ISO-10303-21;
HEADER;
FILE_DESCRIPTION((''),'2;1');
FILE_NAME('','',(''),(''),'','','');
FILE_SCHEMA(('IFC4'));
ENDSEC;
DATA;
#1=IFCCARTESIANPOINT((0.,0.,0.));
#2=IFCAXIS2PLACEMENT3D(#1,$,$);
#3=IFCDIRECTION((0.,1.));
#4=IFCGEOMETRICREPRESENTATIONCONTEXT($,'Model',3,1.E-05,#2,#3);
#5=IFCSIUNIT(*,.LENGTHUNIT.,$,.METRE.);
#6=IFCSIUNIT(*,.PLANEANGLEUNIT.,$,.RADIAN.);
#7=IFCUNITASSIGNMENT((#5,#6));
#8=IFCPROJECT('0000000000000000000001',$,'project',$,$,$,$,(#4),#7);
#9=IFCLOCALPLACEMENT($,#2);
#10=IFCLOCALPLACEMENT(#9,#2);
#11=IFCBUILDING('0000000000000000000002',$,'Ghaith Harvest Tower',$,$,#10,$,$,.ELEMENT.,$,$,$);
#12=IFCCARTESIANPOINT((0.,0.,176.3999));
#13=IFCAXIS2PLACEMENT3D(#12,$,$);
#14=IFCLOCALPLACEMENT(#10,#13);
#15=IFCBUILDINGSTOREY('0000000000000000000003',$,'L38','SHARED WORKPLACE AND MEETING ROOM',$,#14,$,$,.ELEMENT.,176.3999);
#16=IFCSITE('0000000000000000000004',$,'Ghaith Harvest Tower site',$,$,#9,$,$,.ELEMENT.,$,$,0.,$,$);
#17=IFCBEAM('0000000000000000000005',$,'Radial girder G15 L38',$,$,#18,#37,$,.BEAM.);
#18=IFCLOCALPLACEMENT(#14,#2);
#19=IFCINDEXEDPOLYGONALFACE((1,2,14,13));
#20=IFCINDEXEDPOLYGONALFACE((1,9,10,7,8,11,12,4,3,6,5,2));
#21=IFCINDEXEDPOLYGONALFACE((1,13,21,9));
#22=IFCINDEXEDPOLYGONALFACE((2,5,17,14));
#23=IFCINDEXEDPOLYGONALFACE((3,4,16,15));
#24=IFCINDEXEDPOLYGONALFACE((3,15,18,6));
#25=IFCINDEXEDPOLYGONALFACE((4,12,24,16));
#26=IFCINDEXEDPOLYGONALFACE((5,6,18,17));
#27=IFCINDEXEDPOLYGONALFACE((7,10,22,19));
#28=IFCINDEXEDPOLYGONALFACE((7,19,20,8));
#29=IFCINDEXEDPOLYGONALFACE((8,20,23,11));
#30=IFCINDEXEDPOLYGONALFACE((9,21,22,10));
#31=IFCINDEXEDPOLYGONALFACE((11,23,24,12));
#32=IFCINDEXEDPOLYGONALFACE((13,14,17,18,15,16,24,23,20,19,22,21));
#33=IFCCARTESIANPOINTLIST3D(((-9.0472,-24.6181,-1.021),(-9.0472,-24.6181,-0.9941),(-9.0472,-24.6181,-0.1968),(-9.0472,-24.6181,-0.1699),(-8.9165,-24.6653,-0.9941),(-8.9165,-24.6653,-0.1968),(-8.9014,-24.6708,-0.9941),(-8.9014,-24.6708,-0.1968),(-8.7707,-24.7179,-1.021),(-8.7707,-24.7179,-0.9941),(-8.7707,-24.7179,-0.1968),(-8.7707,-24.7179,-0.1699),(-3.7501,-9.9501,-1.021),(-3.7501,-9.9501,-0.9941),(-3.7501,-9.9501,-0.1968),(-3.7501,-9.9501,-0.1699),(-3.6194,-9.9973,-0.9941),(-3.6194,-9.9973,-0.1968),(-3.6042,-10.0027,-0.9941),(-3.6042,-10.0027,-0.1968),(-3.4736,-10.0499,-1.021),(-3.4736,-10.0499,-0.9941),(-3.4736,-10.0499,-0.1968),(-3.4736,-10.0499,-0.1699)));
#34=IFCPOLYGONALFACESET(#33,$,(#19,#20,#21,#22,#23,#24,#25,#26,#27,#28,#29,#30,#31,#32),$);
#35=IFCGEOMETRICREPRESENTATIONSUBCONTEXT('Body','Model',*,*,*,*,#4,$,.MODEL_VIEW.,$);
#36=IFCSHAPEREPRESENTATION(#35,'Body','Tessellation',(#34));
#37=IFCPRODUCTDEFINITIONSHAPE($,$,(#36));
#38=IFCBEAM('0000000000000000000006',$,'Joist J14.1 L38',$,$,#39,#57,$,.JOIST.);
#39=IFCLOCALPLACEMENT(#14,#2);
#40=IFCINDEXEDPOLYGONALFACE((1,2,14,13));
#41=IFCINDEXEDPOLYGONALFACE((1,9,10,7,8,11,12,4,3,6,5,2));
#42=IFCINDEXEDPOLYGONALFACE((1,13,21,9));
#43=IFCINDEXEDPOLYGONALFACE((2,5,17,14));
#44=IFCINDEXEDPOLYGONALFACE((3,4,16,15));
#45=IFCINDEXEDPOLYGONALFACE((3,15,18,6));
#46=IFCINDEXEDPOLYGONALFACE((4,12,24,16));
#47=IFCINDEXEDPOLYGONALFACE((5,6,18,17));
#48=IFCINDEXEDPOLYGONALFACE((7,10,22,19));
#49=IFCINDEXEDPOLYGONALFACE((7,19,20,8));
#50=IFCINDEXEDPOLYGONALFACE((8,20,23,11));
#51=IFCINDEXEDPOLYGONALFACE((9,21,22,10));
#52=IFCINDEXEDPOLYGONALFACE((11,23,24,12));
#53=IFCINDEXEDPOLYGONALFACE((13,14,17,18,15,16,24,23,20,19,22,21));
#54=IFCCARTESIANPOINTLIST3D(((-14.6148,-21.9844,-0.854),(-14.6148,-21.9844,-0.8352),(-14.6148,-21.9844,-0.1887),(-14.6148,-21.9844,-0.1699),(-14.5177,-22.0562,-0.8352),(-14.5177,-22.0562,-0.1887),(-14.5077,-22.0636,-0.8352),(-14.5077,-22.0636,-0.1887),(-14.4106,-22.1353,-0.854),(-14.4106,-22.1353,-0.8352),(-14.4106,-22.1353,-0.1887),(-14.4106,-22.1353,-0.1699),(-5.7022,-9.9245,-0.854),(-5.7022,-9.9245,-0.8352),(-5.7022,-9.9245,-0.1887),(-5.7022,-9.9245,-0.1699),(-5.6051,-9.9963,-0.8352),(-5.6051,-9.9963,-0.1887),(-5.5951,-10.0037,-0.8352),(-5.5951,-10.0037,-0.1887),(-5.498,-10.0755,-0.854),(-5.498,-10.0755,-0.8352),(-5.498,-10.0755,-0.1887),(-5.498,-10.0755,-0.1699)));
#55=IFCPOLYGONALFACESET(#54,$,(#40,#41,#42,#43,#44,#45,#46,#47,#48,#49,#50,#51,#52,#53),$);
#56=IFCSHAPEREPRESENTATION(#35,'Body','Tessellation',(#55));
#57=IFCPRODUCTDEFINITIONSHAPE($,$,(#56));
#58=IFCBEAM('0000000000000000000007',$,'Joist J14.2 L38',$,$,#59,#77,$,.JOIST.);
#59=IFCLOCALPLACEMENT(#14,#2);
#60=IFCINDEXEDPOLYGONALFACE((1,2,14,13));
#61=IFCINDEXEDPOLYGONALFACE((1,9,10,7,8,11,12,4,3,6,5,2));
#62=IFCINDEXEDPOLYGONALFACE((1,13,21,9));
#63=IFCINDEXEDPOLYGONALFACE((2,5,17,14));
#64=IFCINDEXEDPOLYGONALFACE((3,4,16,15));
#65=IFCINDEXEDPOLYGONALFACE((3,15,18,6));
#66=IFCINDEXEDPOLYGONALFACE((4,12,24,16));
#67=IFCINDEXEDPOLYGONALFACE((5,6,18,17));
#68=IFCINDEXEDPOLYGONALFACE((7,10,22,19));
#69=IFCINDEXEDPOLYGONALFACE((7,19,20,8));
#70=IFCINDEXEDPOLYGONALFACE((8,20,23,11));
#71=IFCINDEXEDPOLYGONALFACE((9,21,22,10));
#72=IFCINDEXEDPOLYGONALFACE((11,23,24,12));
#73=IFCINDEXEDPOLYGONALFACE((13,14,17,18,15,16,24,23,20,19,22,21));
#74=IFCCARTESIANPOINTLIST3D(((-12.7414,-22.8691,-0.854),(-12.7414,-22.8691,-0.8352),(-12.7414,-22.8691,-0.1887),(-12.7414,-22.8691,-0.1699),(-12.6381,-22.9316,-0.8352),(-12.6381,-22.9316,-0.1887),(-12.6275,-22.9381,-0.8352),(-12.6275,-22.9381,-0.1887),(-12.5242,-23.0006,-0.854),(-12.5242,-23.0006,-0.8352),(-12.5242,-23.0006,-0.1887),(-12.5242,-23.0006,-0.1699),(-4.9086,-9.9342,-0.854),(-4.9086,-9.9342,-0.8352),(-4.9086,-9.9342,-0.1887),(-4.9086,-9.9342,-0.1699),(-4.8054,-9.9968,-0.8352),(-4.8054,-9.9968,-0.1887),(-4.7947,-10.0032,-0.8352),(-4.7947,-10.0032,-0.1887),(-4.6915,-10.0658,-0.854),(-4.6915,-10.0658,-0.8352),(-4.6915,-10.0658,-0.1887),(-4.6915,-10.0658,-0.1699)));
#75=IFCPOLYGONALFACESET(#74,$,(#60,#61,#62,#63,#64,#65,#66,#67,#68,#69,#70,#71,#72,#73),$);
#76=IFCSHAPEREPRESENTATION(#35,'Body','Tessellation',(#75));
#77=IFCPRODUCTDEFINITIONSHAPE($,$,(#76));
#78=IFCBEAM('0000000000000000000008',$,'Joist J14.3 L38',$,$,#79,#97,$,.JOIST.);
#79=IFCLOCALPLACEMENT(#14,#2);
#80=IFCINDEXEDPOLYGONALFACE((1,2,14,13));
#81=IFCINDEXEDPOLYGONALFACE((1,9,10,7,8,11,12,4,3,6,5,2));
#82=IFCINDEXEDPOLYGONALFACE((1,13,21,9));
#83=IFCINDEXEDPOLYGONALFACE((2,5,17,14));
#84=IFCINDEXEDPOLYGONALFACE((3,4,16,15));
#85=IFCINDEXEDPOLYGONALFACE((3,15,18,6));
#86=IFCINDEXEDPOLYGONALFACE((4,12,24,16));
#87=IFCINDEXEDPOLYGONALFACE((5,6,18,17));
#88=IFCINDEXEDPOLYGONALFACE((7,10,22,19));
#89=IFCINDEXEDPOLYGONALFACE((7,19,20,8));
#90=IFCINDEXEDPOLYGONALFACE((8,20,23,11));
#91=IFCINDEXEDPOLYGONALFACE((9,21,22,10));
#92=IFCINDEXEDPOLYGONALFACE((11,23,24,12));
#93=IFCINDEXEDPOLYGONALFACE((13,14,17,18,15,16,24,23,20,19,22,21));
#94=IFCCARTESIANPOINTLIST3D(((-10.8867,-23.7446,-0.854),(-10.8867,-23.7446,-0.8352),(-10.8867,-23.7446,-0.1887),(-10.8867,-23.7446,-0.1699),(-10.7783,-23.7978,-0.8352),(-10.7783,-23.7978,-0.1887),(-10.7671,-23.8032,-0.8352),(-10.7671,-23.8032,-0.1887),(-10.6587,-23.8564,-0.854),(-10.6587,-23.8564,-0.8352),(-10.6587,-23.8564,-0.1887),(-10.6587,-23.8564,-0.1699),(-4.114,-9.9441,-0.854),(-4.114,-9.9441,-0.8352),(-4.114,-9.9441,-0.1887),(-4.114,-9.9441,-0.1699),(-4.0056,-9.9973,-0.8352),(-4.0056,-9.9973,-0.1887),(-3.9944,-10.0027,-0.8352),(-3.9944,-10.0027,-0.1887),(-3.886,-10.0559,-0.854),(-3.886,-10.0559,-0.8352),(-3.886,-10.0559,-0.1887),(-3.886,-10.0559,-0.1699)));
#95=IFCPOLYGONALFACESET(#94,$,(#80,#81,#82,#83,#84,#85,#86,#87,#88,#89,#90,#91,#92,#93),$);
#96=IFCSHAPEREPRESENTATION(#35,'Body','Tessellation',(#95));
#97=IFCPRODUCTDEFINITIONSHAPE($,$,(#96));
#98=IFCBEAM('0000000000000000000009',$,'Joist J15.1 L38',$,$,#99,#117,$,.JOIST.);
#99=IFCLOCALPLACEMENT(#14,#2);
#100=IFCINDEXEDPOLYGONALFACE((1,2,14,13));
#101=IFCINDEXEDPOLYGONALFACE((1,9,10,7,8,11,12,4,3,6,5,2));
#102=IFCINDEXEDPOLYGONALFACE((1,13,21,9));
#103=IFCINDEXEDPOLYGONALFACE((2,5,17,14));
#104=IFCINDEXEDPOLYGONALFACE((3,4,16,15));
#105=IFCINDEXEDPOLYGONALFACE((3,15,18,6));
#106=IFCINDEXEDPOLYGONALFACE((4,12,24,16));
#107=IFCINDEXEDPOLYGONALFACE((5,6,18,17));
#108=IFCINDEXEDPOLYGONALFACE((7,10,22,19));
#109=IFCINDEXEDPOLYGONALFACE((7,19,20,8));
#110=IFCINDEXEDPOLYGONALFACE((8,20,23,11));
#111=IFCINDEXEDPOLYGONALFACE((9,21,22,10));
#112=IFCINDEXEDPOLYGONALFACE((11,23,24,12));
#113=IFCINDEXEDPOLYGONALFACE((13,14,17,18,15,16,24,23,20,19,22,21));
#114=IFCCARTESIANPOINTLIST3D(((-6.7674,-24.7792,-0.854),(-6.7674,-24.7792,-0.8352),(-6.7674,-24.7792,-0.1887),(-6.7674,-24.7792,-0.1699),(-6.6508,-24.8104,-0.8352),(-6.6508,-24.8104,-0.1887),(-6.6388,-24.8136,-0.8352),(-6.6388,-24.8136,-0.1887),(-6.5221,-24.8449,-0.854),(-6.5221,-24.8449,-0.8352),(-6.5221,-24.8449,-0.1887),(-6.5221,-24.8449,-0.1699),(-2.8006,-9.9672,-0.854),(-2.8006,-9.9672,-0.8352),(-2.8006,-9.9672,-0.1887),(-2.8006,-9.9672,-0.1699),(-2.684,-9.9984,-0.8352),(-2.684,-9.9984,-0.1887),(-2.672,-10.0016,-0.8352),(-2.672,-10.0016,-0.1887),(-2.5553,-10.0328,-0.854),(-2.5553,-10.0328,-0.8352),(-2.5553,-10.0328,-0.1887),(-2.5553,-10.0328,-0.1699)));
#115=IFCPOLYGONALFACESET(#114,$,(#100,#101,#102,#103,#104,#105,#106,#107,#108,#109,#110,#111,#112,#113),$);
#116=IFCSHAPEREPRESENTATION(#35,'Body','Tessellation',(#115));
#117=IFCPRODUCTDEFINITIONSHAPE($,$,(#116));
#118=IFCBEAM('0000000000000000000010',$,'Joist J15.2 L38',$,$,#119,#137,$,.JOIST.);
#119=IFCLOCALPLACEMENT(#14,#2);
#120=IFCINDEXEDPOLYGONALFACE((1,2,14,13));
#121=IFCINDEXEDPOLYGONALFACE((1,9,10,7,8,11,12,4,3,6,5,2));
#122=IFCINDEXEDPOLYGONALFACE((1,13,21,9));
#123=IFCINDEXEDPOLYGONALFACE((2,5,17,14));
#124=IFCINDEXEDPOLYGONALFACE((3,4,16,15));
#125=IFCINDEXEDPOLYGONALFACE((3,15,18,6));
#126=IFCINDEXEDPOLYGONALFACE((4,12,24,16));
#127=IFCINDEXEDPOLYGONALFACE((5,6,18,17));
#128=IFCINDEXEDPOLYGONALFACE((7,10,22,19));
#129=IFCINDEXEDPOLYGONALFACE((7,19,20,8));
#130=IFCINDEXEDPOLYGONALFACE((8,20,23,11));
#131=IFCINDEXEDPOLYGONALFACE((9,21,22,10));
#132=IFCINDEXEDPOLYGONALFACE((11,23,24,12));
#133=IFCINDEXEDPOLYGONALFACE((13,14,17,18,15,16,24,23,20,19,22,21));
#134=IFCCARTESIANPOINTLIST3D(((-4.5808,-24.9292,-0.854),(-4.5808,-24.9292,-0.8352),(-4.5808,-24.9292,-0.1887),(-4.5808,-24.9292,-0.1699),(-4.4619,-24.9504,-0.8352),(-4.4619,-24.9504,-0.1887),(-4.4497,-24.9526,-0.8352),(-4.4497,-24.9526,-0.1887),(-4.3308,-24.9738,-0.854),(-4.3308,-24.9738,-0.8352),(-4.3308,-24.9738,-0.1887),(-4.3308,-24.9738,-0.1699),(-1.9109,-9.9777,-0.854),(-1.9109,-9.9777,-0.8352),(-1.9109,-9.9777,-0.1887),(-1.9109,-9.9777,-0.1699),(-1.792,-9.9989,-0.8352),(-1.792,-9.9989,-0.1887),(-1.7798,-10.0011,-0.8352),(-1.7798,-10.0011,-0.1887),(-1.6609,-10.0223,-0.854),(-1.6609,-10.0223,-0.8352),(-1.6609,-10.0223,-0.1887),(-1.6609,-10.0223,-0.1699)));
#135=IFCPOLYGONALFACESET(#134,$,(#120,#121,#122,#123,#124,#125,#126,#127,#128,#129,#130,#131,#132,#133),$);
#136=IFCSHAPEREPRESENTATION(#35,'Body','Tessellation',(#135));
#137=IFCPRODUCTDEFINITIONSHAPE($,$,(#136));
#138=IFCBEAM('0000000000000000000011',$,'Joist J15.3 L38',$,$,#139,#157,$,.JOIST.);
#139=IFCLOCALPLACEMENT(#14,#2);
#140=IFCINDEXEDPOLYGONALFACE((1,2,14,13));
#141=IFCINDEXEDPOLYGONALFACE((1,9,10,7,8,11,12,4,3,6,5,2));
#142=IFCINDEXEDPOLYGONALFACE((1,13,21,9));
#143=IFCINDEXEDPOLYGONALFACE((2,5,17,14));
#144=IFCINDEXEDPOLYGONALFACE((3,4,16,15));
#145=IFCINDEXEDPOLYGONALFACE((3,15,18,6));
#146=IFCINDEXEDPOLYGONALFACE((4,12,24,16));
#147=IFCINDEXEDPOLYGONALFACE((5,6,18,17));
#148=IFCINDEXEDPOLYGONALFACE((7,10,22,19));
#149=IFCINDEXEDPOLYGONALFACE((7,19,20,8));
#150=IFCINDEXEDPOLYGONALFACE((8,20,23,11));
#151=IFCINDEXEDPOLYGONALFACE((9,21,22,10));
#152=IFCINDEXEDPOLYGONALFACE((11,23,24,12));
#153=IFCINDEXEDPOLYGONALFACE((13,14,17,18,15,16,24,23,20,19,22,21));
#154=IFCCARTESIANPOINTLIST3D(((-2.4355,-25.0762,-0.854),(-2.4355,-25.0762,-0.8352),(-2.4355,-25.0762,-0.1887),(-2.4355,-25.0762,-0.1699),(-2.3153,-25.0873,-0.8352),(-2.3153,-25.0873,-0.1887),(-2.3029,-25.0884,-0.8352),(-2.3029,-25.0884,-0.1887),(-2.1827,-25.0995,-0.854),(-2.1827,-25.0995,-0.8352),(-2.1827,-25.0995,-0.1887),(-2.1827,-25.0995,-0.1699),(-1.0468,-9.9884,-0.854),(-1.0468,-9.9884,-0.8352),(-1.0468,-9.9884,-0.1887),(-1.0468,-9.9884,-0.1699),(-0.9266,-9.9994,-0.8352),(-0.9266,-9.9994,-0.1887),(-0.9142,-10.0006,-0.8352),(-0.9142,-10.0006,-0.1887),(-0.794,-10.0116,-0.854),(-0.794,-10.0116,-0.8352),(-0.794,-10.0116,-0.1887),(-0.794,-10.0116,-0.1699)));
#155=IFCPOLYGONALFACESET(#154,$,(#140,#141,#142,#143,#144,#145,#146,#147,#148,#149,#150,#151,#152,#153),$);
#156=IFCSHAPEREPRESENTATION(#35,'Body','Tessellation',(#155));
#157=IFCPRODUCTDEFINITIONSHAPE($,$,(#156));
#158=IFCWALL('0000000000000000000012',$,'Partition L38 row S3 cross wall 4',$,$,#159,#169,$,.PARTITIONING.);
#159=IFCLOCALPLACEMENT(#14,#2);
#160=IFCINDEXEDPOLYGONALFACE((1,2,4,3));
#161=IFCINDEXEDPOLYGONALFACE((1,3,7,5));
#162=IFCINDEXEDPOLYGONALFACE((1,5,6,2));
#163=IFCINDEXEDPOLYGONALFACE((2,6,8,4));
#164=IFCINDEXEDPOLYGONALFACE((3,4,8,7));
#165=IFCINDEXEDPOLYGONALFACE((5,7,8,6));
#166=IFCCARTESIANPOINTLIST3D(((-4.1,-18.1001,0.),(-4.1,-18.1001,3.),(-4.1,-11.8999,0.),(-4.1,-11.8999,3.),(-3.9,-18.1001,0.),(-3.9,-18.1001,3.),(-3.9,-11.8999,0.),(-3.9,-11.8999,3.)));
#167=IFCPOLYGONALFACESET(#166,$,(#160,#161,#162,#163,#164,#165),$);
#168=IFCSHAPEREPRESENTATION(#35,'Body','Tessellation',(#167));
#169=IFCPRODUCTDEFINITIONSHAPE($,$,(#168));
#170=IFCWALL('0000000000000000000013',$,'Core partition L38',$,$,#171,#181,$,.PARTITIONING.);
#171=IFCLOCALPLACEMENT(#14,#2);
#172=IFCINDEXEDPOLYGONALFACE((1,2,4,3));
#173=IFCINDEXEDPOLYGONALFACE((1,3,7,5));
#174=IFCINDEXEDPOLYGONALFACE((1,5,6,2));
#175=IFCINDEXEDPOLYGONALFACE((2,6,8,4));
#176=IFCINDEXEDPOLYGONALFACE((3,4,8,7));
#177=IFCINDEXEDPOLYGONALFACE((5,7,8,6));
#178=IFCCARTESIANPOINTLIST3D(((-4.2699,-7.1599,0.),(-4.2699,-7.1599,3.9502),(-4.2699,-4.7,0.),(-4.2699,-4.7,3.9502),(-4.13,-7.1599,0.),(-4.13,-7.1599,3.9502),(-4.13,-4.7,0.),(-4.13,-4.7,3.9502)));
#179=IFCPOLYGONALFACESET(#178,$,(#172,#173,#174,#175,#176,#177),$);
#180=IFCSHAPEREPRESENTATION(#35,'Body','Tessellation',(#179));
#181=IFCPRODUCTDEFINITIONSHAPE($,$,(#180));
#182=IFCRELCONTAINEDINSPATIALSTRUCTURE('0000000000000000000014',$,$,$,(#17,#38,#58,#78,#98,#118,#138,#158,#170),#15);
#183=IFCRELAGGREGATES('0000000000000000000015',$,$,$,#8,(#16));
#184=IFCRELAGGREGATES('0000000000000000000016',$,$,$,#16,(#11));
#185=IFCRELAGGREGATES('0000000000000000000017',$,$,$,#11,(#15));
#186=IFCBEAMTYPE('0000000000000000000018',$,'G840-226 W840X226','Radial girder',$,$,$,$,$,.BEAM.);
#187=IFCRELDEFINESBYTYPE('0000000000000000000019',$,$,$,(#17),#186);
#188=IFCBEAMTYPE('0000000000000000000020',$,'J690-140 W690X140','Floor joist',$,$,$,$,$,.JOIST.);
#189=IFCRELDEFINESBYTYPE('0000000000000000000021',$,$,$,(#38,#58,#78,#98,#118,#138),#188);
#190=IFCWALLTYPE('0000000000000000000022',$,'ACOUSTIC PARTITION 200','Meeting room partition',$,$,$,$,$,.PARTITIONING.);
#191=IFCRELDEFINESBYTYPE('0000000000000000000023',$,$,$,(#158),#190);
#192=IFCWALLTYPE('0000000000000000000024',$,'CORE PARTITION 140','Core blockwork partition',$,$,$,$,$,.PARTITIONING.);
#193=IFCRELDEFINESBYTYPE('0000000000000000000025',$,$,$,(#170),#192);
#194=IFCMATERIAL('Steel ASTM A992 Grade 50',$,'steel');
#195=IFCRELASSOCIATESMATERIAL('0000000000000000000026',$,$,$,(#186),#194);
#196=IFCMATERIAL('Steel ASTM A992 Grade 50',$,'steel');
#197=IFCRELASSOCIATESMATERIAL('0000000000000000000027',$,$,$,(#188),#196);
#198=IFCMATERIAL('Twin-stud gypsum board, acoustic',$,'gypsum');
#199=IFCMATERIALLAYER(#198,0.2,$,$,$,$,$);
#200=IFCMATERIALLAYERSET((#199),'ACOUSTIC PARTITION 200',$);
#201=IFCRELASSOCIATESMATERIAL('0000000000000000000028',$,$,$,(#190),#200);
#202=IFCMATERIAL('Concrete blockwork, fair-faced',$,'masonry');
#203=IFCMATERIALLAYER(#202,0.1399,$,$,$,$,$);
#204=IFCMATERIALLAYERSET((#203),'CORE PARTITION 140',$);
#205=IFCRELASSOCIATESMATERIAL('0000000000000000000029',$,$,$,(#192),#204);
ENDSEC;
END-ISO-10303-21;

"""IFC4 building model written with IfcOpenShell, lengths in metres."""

from ifc_helpers import new_model, si_unit, direction, frame, frame_2d, origin, origin_2d, place, context, subcontext, project, spatial, rectangle, i_section, extrude, material, layer, layer_set, material_profile, profile_set, type_object, element, save


model = new_model("IFC4")

# Units and contexts
model_context = context("Model", 3, precision=1e-05, world=origin(), true_north=direction((0.0, 1.0)))
body_context = subcontext(model_context, "Body", "Model", "MODEL_VIEW")
ifc_project = project(units=[si_unit("LENGTHUNIT", "METRE"), si_unit("PLANEANGLEUNIT", "RADIAN")], contexts=[model_context])

# Site, building, storey
site_placement = place(None, origin())
site = spatial("IfcSite", under=ifc_project, at=site_placement, Name="Ghaith Harvest Tower site", CompositionType="ELEMENT", RefElevation=0.0)
building_placement = place(site_placement, origin())
building = spatial("IfcBuilding", under=site, at=building_placement, Name="Ghaith Harvest Tower", CompositionType="ELEMENT")
storey_placement = place(building_placement, frame((0.0, 0.0, 176.3999)))
storey = spatial("IfcBuildingStorey", under=building, at=storey_placement, Name="L38", Description="SHARED WORKPLACE AND MEETING ROOM", CompositionType="ELEMENT", Elevation=176.3999)

# Beams
ifc_material_1 = material(Name="Steel ASTM A992 Grade 50", Category="steel")
ifc_material_profile_1 = material_profile(ifc_material_1, i_section(OverallWidth=0.2939, OverallDepth=0.8511, WebThickness=0.0161, FlangeThickness=0.0269, at=origin_2d()), Name="W840X226")
ifc_profile_set_1 = profile_set([ifc_material_profile_1], Name="Steel ASTM A992 Grade 50")
beam_type_1 = type_object("IfcBeamType", Name="G840-226 W840X226", Description="Radial girder", PredefinedType="BEAM", material=ifc_profile_set_1)
beam_1_placement = place(storey_placement, frame((-3.6118, -10.0, -0.5955), z_axis=(-0.339664, -0.940547, 0.0), x_axis=(0.940547, -0.339664, 0.0)))
element("IfcBeam", 1, at=beam_1_placement, inside=storey, type_object=beam_type_1, Name="Radial girder G15 L38", PredefinedType="BEAM", context=body_context, shape_type="SweptSolid", body=[
    extrude(i_section(OverallWidth=0.2939, OverallDepth=0.8511, WebThickness=0.0161, FlangeThickness=0.0269, at=origin_2d()), origin(), (0.0, 0.0, 1.0), 15.5952),
])
ifc_material_2 = material(Name="Steel ASTM A992 Grade 50", Category="steel")
ifc_material_profile_2 = material_profile(ifc_material_2, i_section(OverallWidth=0.2539, OverallDepth=0.6841, WebThickness=0.0125, FlangeThickness=0.0188, at=origin_2d()), Name="W690X140")
ifc_profile_set_2 = profile_set([ifc_material_profile_2], Name="Steel ASTM A992 Grade 50")
beam_type_2 = type_object("IfcBeamType", Name="J690-140 W690X140", Description="Floor joist", PredefinedType="JOIST", material=ifc_profile_set_2)
beam_2_placement = place(storey_placement, frame((-5.6001, -10.0, -0.512), z_axis=(-0.59434, -0.804214, 0.0), x_axis=(0.804214, -0.59434, 0.0)))
element("IfcBeam", 2, at=beam_2_placement, inside=storey, type_object=beam_type_2, Name="Joist J14.1 L38", PredefinedType="JOIST", context=body_context, shape_type="SweptSolid", body=[
    extrude(i_section(OverallWidth=0.2539, OverallDepth=0.6841, WebThickness=0.0125, FlangeThickness=0.0188, at=origin_2d()), origin(), (0.0, 0.0, 1.0), 14.9958),
])
beam_3_placement = place(storey_placement, frame((-4.8, -10.0, -0.512), z_axis=(-0.517986, -0.855389, 0.0), x_axis=(0.855389, -0.517986, 0.0)))
element("IfcBeam", 3, at=beam_3_placement, inside=storey, type_object=beam_type_2, Name="Joist J14.2 L38", PredefinedType="JOIST", context=body_context, shape_type="SweptSolid", body=[
    extrude(i_section(OverallWidth=0.2539, OverallDepth=0.6841, WebThickness=0.0125, FlangeThickness=0.0188, at=origin_2d()), origin(), (0.0, 0.0, 1.0), 15.1216),
])
beam_4_placement = place(storey_placement, frame((-4.0, -10.0, -0.512), z_axis=(-0.440563, -0.897722, 0.0), x_axis=(0.897722, -0.440563, 0.0)))
element("IfcBeam", 4, at=beam_4_placement, inside=storey, type_object=beam_type_2, Name="Joist J14.3 L38", PredefinedType="JOIST", context=body_context, shape_type="SweptSolid", body=[
    extrude(i_section(OverallWidth=0.2539, OverallDepth=0.6841, WebThickness=0.0125, FlangeThickness=0.0188, at=origin_2d()), origin(), (0.0, 0.0, 1.0), 15.3728),
])
beam_5_placement = place(storey_placement, frame((-2.678, -10.0, -0.512), z_axis=(-0.258693, -0.96596, 0.0), x_axis=(0.96596, -0.258693, 0.0)))
element("IfcBeam", 5, at=beam_5_placement, inside=storey, type_object=beam_type_2, Name="Joist J15.1 L38", PredefinedType="JOIST", context=body_context, shape_type="SweptSolid", body=[
    extrude(i_section(OverallWidth=0.2539, OverallDepth=0.6841, WebThickness=0.0125, FlangeThickness=0.0188, at=origin_2d()), origin(), (0.0, 0.0, 1.0), 15.334),
])
beam_6_placement = place(storey_placement, frame((-1.7859, -10.0, -0.512), z_axis=(-0.175792, -0.984427, 0.0), x_axis=(0.984427, -0.175792, 0.0)))
element("IfcBeam", 6, at=beam_6_placement, inside=storey, type_object=beam_type_2, Name="Joist J15.2 L38", PredefinedType="JOIST", context=body_context, shape_type="SweptSolid", body=[
    extrude(i_section(OverallWidth=0.2539, OverallDepth=0.6841, WebThickness=0.0125, FlangeThickness=0.0188, at=origin_2d()), origin(), (0.0, 0.0, 1.0), 15.188),
])
beam_7_placement = place(storey_placement, frame((-0.9204, -10.0, -0.512), z_axis=(-0.091651, -0.995791, 0.0), x_axis=(0.995791, -0.091651, 0.0)))
element("IfcBeam", 7, at=beam_7_placement, inside=storey, type_object=beam_type_2, Name="Joist J15.3 L38", PredefinedType="JOIST", context=body_context, shape_type="SweptSolid", body=[
    extrude(i_section(OverallWidth=0.2539, OverallDepth=0.6841, WebThickness=0.0125, FlangeThickness=0.0188, at=origin_2d()), origin(), (0.0, 0.0, 1.0), 15.1516),
])

# Wall
ifc_material_3 = material(Name="Twin-stud gypsum board, acoustic", Category="gypsum")
ifc_layer_1 = layer(ifc_material_3, 0.2)
ifc_layer_set_1 = layer_set([ifc_layer_1], Name="ACOUSTIC PARTITION 200")
wall_type_1 = type_object("IfcWallType", Name="ACOUSTIC PARTITION 200", Description="Meeting room partition", PredefinedType="PARTITIONING", material=ifc_layer_set_1)
wall_1_placement = place(storey_placement, frame((-4.0, -11.8999, 0.0), z_axis=(0.0, 0.0, 1.0), x_axis=(0.0, -1.0, 0.0)))
element("IfcWall", 8, at=wall_1_placement, inside=storey, type_object=wall_type_1, Name="Partition L38 row S3 cross wall 4", PredefinedType="PARTITIONING", context=body_context, shape_type="SweptSolid", body=[
    extrude(rectangle(XDim=6.2002, YDim=0.2, at=frame_2d((3.1001, 0.0))), origin(), (0.0, 0.0, 1.0), 3.0),
])

# Shared definitions
ifc_material_4 = material(Name="Concrete blockwork, fair-faced", Category="masonry")
ifc_layer_2 = layer(ifc_material_4, 0.1399)
ifc_layer_set_2 = layer_set([ifc_layer_2], Name="CORE PARTITION 140")
wall_type_2 = type_object("IfcWallType", Name="CORE PARTITION 140", Description="Core blockwork partition", PredefinedType="PARTITIONING", material=ifc_layer_set_2)

# Wall
for number, where, z_axis, x_axis, name in (
    (9, (-4.2, -4.7, 0.0), (0.0, 0.0, 1.0), (0.0, -1.0, 0.0), "Core partition L38"),
):
    element("IfcWall", number, at=place(storey_placement, frame(where, z_axis=z_axis, x_axis=x_axis)), inside=storey, type_object=wall_type_2, Name=name, PredefinedType="PARTITIONING", context=body_context, shape_type="SweptSolid", body=[
        extrude(rectangle(XDim=2.46, YDim=0.1399, at=frame_2d((1.23, 0.0))), origin(), (0.0, 0.0, 1.0), 3.9502),
    ])

save(model, "model.ifc")
